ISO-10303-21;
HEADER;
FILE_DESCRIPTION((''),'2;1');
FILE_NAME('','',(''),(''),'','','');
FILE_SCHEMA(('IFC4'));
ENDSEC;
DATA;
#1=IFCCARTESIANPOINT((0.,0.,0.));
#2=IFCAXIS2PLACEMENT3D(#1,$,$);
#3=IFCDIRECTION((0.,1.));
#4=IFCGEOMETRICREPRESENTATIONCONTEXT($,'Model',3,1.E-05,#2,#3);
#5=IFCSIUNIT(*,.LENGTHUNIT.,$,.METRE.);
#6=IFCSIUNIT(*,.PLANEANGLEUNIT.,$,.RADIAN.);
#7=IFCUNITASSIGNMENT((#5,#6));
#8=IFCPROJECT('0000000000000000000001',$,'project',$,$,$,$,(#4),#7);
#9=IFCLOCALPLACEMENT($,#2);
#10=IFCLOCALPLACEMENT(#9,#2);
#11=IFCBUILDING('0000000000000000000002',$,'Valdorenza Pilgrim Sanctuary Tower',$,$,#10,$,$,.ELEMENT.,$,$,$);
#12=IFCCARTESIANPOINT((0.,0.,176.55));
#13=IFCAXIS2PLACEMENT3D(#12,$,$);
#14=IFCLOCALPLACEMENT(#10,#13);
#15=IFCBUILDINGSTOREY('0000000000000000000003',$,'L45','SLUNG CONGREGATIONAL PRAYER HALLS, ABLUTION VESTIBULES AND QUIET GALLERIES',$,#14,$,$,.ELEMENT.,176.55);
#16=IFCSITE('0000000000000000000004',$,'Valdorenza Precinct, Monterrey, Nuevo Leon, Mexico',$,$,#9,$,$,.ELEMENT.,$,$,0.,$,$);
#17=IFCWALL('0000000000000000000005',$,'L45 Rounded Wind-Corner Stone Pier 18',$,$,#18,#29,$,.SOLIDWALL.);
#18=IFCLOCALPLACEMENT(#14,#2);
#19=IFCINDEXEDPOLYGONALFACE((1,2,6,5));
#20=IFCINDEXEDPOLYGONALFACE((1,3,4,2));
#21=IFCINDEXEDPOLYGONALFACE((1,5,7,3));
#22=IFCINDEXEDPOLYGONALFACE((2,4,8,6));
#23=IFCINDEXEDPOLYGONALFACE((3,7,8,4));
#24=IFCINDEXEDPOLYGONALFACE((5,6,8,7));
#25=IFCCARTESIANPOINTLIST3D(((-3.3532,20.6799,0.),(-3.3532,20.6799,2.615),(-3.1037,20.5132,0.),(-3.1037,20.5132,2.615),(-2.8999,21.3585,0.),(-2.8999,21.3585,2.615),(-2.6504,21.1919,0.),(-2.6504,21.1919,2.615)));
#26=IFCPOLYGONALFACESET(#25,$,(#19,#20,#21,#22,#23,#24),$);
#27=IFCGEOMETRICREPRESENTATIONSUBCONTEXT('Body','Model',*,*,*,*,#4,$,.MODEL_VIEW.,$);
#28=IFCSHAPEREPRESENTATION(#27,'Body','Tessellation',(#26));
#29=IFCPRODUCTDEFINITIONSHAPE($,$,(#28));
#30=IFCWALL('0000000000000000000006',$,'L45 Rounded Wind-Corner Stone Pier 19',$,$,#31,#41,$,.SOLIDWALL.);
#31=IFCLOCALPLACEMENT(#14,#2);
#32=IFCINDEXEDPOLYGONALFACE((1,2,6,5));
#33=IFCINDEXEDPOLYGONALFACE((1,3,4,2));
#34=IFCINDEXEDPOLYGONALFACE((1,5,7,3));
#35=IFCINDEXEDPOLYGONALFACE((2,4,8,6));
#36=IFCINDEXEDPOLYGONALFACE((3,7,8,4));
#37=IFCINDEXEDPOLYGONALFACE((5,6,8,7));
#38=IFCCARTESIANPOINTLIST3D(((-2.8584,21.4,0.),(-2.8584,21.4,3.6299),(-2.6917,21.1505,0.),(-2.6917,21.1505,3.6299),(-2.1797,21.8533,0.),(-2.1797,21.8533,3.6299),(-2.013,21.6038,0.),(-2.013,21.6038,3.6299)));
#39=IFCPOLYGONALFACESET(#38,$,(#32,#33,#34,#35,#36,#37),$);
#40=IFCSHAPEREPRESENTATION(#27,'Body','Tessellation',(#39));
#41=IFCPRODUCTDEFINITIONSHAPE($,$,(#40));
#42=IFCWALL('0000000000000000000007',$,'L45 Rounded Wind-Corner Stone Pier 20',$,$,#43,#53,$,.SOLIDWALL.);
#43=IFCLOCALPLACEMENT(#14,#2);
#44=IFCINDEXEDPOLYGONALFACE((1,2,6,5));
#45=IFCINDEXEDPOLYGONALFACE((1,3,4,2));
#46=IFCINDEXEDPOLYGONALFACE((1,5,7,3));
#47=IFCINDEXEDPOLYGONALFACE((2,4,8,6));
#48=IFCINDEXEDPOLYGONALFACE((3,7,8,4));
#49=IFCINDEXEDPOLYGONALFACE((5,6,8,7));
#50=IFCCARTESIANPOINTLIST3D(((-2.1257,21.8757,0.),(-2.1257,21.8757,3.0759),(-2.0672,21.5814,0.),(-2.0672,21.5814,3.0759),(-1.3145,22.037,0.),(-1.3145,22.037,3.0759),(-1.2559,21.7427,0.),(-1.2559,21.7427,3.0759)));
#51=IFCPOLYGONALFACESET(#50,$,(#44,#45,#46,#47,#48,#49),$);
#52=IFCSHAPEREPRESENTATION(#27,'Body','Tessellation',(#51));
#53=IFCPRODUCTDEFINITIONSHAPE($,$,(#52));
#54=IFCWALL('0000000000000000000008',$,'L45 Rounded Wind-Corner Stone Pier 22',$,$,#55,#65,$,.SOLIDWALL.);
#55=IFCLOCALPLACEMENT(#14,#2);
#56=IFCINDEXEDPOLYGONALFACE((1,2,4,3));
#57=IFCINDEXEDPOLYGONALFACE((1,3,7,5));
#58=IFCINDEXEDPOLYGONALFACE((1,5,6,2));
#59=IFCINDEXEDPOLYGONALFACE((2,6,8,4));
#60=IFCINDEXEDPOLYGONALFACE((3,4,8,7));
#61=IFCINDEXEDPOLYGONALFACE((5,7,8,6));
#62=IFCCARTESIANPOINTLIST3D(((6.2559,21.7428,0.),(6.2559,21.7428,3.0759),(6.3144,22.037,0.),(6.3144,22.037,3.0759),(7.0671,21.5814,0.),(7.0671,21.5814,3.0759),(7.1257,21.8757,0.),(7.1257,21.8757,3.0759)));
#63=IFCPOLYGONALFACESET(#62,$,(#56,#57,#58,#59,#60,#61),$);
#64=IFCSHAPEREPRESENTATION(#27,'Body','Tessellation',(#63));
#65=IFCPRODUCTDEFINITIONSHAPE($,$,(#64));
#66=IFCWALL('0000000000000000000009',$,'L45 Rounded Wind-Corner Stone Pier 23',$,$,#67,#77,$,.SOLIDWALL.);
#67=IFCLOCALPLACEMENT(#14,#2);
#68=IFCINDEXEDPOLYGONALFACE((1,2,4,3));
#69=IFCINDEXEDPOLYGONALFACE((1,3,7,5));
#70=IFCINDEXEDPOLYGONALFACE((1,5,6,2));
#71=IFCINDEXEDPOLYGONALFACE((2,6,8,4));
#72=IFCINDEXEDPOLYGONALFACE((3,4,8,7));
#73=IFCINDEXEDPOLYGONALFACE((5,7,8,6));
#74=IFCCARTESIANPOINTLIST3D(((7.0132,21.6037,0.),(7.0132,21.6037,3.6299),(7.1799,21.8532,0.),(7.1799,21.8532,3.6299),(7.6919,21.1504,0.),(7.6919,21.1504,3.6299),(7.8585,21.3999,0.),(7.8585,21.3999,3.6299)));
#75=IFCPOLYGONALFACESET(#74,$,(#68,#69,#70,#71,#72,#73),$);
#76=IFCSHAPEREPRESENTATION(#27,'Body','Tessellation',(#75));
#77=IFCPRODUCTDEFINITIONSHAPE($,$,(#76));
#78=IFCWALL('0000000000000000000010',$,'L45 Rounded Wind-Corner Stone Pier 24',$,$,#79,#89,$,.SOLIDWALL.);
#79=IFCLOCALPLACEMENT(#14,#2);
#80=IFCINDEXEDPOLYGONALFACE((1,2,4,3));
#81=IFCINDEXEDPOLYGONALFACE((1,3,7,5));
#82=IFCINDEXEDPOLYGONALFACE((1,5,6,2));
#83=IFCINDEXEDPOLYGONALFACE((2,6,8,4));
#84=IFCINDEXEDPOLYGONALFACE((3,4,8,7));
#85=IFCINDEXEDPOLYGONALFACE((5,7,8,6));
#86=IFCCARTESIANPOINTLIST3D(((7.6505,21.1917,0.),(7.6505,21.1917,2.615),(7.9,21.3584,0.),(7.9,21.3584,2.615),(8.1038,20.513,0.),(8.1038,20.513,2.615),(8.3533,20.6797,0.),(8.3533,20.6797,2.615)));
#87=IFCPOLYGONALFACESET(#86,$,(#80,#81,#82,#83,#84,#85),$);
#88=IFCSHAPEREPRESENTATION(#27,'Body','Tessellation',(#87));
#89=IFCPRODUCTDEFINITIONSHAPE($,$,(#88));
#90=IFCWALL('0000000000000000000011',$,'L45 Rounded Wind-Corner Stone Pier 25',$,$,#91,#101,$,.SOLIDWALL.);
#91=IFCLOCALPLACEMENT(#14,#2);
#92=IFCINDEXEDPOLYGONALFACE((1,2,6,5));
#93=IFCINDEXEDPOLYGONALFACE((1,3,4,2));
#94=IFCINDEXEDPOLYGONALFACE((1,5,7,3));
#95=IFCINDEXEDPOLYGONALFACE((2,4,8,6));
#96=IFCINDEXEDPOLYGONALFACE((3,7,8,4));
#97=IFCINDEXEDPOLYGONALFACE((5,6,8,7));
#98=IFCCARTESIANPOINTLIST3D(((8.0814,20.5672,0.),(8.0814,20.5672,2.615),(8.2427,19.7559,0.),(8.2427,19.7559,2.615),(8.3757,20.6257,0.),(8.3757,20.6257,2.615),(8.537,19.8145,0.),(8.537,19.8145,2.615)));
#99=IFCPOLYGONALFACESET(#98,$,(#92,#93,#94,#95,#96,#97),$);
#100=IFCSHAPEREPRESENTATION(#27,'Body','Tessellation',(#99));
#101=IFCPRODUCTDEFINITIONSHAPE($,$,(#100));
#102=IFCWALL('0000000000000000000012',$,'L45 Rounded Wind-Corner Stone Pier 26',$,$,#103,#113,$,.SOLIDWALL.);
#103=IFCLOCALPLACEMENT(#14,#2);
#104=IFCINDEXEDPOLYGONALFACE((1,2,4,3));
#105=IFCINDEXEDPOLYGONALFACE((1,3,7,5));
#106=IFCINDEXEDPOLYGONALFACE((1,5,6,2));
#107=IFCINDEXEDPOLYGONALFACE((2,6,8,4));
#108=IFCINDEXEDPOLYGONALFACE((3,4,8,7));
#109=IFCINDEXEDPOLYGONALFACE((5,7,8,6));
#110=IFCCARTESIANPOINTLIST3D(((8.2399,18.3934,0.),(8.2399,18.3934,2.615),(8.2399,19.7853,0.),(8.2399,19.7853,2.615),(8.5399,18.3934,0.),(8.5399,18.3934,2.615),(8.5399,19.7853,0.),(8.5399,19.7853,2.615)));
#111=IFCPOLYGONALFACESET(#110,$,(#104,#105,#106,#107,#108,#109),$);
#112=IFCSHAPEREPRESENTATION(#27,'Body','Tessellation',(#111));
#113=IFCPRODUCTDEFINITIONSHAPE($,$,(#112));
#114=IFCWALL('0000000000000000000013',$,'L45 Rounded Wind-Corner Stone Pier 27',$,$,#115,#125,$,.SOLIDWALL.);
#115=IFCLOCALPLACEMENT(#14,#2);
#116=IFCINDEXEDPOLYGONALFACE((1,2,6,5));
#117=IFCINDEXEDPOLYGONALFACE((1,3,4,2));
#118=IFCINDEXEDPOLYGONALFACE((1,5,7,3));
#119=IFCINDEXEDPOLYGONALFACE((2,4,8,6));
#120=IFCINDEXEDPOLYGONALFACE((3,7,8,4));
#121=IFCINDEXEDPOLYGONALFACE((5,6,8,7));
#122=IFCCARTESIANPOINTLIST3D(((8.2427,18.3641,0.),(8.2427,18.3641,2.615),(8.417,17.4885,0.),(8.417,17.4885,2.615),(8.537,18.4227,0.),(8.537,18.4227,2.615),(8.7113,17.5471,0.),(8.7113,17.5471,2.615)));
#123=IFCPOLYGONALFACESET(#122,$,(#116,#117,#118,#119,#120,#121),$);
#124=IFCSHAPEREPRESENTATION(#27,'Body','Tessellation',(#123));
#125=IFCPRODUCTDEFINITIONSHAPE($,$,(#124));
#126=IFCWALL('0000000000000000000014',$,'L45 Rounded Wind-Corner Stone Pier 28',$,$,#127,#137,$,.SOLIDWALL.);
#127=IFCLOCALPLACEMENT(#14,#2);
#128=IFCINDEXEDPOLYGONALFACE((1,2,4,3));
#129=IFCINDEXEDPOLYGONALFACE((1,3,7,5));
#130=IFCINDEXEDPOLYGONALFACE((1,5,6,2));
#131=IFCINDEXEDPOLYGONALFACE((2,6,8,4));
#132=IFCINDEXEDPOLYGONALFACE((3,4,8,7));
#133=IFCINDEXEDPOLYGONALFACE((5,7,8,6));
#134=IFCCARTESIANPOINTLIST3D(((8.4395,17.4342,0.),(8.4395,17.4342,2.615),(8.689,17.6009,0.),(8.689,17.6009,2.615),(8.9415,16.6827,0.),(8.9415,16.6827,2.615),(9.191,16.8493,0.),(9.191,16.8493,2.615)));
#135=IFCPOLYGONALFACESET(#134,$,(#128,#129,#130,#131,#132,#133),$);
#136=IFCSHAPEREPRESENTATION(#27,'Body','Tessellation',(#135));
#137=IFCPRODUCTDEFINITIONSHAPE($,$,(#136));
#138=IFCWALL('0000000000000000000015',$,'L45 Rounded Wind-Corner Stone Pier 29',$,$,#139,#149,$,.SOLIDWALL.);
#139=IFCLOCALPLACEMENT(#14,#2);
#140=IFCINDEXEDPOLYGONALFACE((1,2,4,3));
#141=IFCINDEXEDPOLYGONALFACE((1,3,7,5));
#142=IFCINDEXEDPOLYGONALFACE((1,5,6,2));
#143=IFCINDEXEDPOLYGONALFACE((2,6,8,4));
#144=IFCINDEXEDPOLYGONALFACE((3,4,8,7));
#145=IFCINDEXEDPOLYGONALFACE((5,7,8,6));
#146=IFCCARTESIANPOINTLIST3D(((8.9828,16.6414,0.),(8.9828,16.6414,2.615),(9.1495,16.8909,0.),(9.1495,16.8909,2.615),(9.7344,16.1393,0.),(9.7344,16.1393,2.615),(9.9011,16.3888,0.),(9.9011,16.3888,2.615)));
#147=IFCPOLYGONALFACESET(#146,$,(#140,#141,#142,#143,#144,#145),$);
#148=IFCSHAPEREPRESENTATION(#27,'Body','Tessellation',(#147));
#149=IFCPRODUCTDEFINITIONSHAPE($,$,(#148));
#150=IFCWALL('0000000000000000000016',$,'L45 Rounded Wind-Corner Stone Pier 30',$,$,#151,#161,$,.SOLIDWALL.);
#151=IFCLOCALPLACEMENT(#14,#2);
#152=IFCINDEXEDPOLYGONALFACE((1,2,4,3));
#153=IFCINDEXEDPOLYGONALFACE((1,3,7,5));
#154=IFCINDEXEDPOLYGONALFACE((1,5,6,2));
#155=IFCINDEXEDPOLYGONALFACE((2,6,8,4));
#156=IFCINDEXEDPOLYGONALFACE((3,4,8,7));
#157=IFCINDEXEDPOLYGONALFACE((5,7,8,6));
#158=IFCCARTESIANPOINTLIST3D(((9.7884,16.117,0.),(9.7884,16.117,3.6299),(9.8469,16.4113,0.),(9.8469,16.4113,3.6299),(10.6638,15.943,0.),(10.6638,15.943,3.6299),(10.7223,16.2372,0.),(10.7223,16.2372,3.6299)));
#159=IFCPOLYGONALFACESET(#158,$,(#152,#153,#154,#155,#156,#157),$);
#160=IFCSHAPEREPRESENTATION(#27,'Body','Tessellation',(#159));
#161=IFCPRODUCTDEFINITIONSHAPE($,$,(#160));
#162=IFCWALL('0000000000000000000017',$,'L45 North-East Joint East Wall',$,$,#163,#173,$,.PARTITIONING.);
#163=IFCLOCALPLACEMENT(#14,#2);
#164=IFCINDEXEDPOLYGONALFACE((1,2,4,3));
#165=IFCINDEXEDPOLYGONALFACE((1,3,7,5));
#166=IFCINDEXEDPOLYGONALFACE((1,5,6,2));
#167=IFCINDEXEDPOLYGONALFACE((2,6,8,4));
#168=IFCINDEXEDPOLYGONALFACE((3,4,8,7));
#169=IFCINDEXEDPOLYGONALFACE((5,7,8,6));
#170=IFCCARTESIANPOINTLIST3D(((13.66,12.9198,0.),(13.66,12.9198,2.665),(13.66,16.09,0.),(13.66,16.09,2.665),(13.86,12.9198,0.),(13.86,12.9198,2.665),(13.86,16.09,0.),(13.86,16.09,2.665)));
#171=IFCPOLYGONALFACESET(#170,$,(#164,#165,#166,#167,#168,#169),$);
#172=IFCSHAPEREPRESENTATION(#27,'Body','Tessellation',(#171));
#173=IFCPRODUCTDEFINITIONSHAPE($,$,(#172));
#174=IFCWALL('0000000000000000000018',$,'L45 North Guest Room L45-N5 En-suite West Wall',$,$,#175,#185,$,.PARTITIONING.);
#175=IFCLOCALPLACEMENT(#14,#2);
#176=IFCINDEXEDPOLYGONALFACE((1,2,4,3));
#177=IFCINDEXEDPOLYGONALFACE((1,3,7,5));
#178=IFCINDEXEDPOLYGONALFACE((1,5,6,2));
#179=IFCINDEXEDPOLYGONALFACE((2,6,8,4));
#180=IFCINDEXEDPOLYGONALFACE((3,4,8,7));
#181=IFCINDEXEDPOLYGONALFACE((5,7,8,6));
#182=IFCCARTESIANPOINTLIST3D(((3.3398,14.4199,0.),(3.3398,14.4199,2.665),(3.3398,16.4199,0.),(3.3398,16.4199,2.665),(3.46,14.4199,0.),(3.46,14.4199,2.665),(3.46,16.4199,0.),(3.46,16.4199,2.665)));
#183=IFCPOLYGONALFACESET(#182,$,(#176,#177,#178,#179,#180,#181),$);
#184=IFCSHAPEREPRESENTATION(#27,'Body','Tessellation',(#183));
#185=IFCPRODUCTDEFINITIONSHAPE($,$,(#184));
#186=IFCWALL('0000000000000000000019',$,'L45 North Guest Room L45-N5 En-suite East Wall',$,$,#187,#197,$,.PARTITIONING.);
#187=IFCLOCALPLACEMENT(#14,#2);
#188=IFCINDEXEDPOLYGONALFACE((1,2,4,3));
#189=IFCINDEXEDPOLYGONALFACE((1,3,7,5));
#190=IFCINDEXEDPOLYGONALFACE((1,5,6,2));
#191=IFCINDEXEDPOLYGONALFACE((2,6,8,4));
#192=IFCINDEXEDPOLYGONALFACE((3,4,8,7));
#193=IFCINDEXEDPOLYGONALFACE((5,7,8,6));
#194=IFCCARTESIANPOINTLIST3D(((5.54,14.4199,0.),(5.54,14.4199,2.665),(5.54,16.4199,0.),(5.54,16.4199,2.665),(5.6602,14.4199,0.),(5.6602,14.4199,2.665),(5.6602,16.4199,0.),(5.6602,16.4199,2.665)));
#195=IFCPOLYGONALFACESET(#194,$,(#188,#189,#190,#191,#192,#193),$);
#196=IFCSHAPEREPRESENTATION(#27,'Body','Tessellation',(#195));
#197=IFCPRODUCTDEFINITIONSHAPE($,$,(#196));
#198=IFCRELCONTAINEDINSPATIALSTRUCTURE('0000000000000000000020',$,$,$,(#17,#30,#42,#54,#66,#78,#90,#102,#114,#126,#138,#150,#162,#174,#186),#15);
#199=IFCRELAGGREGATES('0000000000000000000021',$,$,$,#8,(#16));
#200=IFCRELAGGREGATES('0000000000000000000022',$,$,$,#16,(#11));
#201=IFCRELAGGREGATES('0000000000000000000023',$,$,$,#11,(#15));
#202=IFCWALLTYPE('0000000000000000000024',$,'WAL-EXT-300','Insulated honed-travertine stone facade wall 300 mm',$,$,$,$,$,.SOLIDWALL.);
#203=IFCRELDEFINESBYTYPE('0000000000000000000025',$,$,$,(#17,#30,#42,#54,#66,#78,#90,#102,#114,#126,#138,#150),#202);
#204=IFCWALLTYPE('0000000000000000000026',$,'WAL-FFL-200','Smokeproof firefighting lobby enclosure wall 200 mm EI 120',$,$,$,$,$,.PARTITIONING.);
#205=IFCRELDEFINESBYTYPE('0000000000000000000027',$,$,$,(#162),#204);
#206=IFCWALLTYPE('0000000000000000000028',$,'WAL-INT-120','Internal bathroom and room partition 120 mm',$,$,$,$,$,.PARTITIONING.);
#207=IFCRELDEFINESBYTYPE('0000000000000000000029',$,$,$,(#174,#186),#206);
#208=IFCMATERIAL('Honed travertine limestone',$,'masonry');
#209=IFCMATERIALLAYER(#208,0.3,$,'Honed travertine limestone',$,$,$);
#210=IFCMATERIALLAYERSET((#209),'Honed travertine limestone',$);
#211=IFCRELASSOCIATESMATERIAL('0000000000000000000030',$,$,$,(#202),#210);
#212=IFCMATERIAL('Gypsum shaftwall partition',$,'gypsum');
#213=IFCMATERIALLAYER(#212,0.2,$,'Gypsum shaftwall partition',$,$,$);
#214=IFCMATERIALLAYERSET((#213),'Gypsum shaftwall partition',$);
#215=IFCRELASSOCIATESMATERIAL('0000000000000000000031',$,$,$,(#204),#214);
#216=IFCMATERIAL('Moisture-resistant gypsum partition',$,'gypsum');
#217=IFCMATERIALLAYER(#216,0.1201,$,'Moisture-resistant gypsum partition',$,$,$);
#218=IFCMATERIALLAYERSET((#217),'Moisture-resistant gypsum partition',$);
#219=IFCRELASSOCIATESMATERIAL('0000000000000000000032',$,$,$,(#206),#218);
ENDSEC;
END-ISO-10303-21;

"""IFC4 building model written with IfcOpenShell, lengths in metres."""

from ifc_helpers import new_model, si_unit, direction, frame, frame_2d, origin, place, context, subcontext, project, spatial, rectangle, extrude, material, layer, layer_set, type_object, element, save


model = new_model("IFC4")

# Units and contexts
model_context = context("Model", 3, precision=1e-05, world=origin(), true_north=direction((0.0, 1.0)))
body_context = subcontext(model_context, "Body", "Model", "MODEL_VIEW")
ifc_project = project(units=[si_unit("LENGTHUNIT", "METRE"), si_unit("PLANEANGLEUNIT", "RADIAN")], contexts=[model_context])

# Site, building, storey
site_placement = place(None, origin())
site = spatial("IfcSite", under=ifc_project, at=site_placement, Name="Valdorenza Precinct, Monterrey, Nuevo Leon, Mexico", CompositionType="ELEMENT", RefElevation=0.0)
building_placement = place(site_placement, origin())
building = spatial("IfcBuilding", under=site, at=building_placement, Name="Valdorenza Pilgrim Sanctuary Tower", CompositionType="ELEMENT")
storey_placement = place(building_placement, frame((0.0, 0.0, 176.55)))
storey = spatial("IfcBuildingStorey", under=building, at=storey_placement, Name="L45", Description="SLUNG CONGREGATIONAL PRAYER HALLS, ABLUTION VESTIBULES AND QUIET GALLERIES", CompositionType="ELEMENT", Elevation=176.55)

# Shared definitions
ifc_material_1 = material(Name="Honed travertine limestone", Category="masonry")

# Walls
ifc_layer_1 = layer(ifc_material_1, 0.3, Name="Honed travertine limestone")
ifc_layer_set_1 = layer_set([ifc_layer_1], Name="Honed travertine limestone")
wall_type_1 = type_object("IfcWallType", Name="WAL-EXT-300", Description="Insulated honed-travertine stone facade wall 300 mm", PredefinedType="SOLIDWALL", material=ifc_layer_set_1)
wall_1_placement = place(storey_placement, frame((-3.2285, 20.5964, 0.0), z_axis=(0.0, 0.0, 1.0), x_axis=(0.555459, 0.831544, 0.0)))
element("IfcWall", 1, at=wall_1_placement, inside=storey, type_object=wall_type_1, Name="L45 Rounded Wind-Corner Stone Pier 18", PredefinedType="SOLIDWALL", context=body_context, shape_type="SweptSolid", body=[
    extrude(rectangle(XDim=0.8162, YDim=0.3, at=frame_2d((0.4082, 0.0))), origin(), (0.0, 0.0, 1.0), 2.615),
])
wall_2_placement = place(storey_placement, frame((-2.7751, 21.2751, 0.0), z_axis=(0.0, 0.0, 1.0), x_axis=(0.831544, 0.555459, 0.0)))
element("IfcWall", 2, at=wall_2_placement, inside=storey, type_object=wall_type_1, Name="L45 Rounded Wind-Corner Stone Pier 19", PredefinedType="SOLIDWALL", context=body_context, shape_type="SweptSolid", body=[
    extrude(rectangle(XDim=0.8162, YDim=0.3, at=frame_2d((0.4082, 0.0))), origin(), (0.0, 0.0, 1.0), 3.6299),
])
for number, where, z_axis, x_axis, name in (
    (3, (-2.0964, 21.7285, 0.0), (0.0, 0.0, 1.0), (0.980784, 0.195094, 0.0), "L45 Rounded Wind-Corner Stone Pier 20"),
    (4, (6.2852, 21.8899, 0.0), (0.0, 0.0, 1.0), (0.980784, -0.195094, 0.0), "L45 Rounded Wind-Corner Stone Pier 22"),
):
    element("IfcWall", number, at=place(storey_placement, frame(where, z_axis=z_axis, x_axis=x_axis)), inside=storey, type_object=wall_type_1, Name=name, PredefinedType="SOLIDWALL", context=body_context, shape_type="SweptSolid", body=[
        extrude(rectangle(XDim=0.8271, YDim=0.3, at=frame_2d((0.4136, 0.0))), origin(), (0.0, 0.0, 1.0), 3.0759),
    ])
wall_3_placement = place(storey_placement, frame((7.0964, 21.7285, 0.0), z_axis=(0.0, 0.0, 1.0), x_axis=(0.831544, -0.555459, 0.0)))
element("IfcWall", 5, at=wall_3_placement, inside=storey, type_object=wall_type_1, Name="L45 Rounded Wind-Corner Stone Pier 23", PredefinedType="SOLIDWALL", context=body_context, shape_type="SweptSolid", body=[
    extrude(rectangle(XDim=0.8162, YDim=0.3, at=frame_2d((0.4082, 0.0))), origin(), (0.0, 0.0, 1.0), 3.6299),
])
wall_4_placement = place(storey_placement, frame((7.7751, 21.2751, 0.0), z_axis=(0.0, 0.0, 1.0), x_axis=(0.555459, -0.831544, 0.0)))
element("IfcWall", 6, at=wall_4_placement, inside=storey, type_object=wall_type_1, Name="L45 Rounded Wind-Corner Stone Pier 24", PredefinedType="SOLIDWALL", context=body_context, shape_type="SweptSolid", body=[
    extrude(rectangle(XDim=0.8162, YDim=0.3, at=frame_2d((0.4082, 0.0))), origin(), (0.0, 0.0, 1.0), 2.615),
])
wall_5_placement = place(storey_placement, frame((8.2285, 20.5964, 0.0), z_axis=(0.0, 0.0, 1.0), x_axis=(0.195094, -0.980784, 0.0)))
element("IfcWall", 7, at=wall_5_placement, inside=storey, type_object=wall_type_1, Name="L45 Rounded Wind-Corner Stone Pier 25", PredefinedType="SOLIDWALL", context=body_context, shape_type="SweptSolid", body=[
    extrude(rectangle(XDim=0.8271, YDim=0.3, at=frame_2d((0.4136, 0.0))), origin(), (0.0, 0.0, 1.0), 2.615),
])
wall_6_placement = place(storey_placement, frame((8.3899, 19.7852, 0.0), z_axis=(0.0, 0.0, 1.0), x_axis=(0.0, -1.0, 0.0)))
element("IfcWall", 8, at=wall_6_placement, inside=storey, type_object=wall_type_1, Name="L45 Rounded Wind-Corner Stone Pier 26", PredefinedType="SOLIDWALL", context=body_context, shape_type="SweptSolid", body=[
    extrude(rectangle(XDim=1.3918, YDim=0.3, at=frame_2d((0.6958, 0.0))), origin(), (0.0, 0.0, 1.0), 2.615),
])
wall_7_placement = place(storey_placement, frame((8.3899, 18.3933, 0.0), z_axis=(0.0, 0.0, 1.0), x_axis=(0.195222, -0.980759, 0.0)))
element("IfcWall", 9, at=wall_7_placement, inside=storey, type_object=wall_type_1, Name="L45 Rounded Wind-Corner Stone Pier 27", PredefinedType="SOLIDWALL", context=body_context, shape_type="SweptSolid", body=[
    extrude(rectangle(XDim=0.8928, YDim=0.3, at=frame_2d((0.4463, 0.0))), origin(), (0.0, 0.0, 1.0), 2.615),
])
for number, where, z_axis, x_axis, name in (
    (10, (8.5642, 17.5176, 0.0), (0.0, 0.0, 1.0), (0.555448, -0.831551, 0.0), "L45 Rounded Wind-Corner Stone Pier 28"),
    (11, (9.0662, 16.7661, 0.0), (0.0, 0.0, 1.0), (0.831551, -0.555448, 0.0), "L45 Rounded Wind-Corner Stone Pier 29"),
):
    element("IfcWall", number, at=place(storey_placement, frame(where, z_axis=z_axis, x_axis=x_axis)), inside=storey, type_object=wall_type_1, Name=name, PredefinedType="SOLIDWALL", context=body_context, shape_type="SweptSolid", body=[
        extrude(rectangle(XDim=0.9038, YDim=0.3, at=frame_2d((0.4519, 0.0))), origin(), (0.0, 0.0, 1.0), 2.615),
    ])
wall_8_placement = place(storey_placement, frame((9.8176, 16.2642, 0.0), z_axis=(0.0, 0.0, 1.0), x_axis=(0.980801, -0.195011, 0.0)))
element("IfcWall", 12, at=wall_8_placement, inside=storey, type_object=wall_type_1, Name="L45 Rounded Wind-Corner Stone Pier 30", PredefinedType="SOLIDWALL", context=body_context, shape_type="SweptSolid", body=[
    extrude(rectangle(XDim=0.8926, YDim=0.3, at=frame_2d((0.4463, 0.0))), origin(), (0.0, 0.0, 1.0), 3.6299),
])
ifc_material_2 = material(Name="Gypsum shaftwall partition", Category="gypsum")
ifc_layer_2 = layer(ifc_material_2, 0.2, Name="Gypsum shaftwall partition")
ifc_layer_set_2 = layer_set([ifc_layer_2], Name="Gypsum shaftwall partition")
wall_type_2 = type_object("IfcWallType", Name="WAL-FFL-200", Description="Smokeproof firefighting lobby enclosure wall 200 mm EI 120", PredefinedType="PARTITIONING", material=ifc_layer_set_2)
wall_9_placement = place(storey_placement, frame((13.76, 12.9199, 0.0), z_axis=(0.0, 0.0, 1.0), x_axis=(0.0, 1.0, 0.0)))
element("IfcWall", 13, at=wall_9_placement, inside=storey, type_object=wall_type_2, Name="L45 North-East Joint East Wall", PredefinedType="PARTITIONING", context=body_context, shape_type="SweptSolid", body=[
    extrude(rectangle(XDim=3.1702, YDim=0.2, at=frame_2d((1.585, 0.0))), origin(), (0.0, 0.0, 1.0), 2.665),
])
ifc_material_3 = material(Name="Moisture-resistant gypsum partition", Category="gypsum")
ifc_layer_3 = layer(ifc_material_3, 0.1201, Name="Moisture-resistant gypsum partition")
ifc_layer_set_3 = layer_set([ifc_layer_3], Name="Moisture-resistant gypsum partition")
wall_type_3 = type_object("IfcWallType", Name="WAL-INT-120", Description="Internal bathroom and room partition 120 mm", PredefinedType="PARTITIONING", material=ifc_layer_set_3)
for number, where, z_axis, x_axis, name in (
    (14, (3.3999, 14.4199, 0.0), (0.0, 0.0, 1.0), (0.0, 1.0, 0.0), "L45 North Guest Room L45-N5 En-suite West Wall"),
    (15, (5.6001, 14.4199, 0.0), (0.0, 0.0, 1.0), (0.0, 1.0, 0.0), "L45 North Guest Room L45-N5 En-suite East Wall"),
):
    element("IfcWall", number, at=place(storey_placement, frame(where, z_axis=z_axis, x_axis=x_axis)), inside=storey, type_object=wall_type_3, Name=name, PredefinedType="PARTITIONING", context=body_context, shape_type="SweptSolid", body=[
        extrude(rectangle(XDim=2.0, YDim=0.1201, at=frame_2d((1.0, 0.0))), origin(), (0.0, 0.0, 1.0), 2.665),
    ])

save(model, "model.ifc")
